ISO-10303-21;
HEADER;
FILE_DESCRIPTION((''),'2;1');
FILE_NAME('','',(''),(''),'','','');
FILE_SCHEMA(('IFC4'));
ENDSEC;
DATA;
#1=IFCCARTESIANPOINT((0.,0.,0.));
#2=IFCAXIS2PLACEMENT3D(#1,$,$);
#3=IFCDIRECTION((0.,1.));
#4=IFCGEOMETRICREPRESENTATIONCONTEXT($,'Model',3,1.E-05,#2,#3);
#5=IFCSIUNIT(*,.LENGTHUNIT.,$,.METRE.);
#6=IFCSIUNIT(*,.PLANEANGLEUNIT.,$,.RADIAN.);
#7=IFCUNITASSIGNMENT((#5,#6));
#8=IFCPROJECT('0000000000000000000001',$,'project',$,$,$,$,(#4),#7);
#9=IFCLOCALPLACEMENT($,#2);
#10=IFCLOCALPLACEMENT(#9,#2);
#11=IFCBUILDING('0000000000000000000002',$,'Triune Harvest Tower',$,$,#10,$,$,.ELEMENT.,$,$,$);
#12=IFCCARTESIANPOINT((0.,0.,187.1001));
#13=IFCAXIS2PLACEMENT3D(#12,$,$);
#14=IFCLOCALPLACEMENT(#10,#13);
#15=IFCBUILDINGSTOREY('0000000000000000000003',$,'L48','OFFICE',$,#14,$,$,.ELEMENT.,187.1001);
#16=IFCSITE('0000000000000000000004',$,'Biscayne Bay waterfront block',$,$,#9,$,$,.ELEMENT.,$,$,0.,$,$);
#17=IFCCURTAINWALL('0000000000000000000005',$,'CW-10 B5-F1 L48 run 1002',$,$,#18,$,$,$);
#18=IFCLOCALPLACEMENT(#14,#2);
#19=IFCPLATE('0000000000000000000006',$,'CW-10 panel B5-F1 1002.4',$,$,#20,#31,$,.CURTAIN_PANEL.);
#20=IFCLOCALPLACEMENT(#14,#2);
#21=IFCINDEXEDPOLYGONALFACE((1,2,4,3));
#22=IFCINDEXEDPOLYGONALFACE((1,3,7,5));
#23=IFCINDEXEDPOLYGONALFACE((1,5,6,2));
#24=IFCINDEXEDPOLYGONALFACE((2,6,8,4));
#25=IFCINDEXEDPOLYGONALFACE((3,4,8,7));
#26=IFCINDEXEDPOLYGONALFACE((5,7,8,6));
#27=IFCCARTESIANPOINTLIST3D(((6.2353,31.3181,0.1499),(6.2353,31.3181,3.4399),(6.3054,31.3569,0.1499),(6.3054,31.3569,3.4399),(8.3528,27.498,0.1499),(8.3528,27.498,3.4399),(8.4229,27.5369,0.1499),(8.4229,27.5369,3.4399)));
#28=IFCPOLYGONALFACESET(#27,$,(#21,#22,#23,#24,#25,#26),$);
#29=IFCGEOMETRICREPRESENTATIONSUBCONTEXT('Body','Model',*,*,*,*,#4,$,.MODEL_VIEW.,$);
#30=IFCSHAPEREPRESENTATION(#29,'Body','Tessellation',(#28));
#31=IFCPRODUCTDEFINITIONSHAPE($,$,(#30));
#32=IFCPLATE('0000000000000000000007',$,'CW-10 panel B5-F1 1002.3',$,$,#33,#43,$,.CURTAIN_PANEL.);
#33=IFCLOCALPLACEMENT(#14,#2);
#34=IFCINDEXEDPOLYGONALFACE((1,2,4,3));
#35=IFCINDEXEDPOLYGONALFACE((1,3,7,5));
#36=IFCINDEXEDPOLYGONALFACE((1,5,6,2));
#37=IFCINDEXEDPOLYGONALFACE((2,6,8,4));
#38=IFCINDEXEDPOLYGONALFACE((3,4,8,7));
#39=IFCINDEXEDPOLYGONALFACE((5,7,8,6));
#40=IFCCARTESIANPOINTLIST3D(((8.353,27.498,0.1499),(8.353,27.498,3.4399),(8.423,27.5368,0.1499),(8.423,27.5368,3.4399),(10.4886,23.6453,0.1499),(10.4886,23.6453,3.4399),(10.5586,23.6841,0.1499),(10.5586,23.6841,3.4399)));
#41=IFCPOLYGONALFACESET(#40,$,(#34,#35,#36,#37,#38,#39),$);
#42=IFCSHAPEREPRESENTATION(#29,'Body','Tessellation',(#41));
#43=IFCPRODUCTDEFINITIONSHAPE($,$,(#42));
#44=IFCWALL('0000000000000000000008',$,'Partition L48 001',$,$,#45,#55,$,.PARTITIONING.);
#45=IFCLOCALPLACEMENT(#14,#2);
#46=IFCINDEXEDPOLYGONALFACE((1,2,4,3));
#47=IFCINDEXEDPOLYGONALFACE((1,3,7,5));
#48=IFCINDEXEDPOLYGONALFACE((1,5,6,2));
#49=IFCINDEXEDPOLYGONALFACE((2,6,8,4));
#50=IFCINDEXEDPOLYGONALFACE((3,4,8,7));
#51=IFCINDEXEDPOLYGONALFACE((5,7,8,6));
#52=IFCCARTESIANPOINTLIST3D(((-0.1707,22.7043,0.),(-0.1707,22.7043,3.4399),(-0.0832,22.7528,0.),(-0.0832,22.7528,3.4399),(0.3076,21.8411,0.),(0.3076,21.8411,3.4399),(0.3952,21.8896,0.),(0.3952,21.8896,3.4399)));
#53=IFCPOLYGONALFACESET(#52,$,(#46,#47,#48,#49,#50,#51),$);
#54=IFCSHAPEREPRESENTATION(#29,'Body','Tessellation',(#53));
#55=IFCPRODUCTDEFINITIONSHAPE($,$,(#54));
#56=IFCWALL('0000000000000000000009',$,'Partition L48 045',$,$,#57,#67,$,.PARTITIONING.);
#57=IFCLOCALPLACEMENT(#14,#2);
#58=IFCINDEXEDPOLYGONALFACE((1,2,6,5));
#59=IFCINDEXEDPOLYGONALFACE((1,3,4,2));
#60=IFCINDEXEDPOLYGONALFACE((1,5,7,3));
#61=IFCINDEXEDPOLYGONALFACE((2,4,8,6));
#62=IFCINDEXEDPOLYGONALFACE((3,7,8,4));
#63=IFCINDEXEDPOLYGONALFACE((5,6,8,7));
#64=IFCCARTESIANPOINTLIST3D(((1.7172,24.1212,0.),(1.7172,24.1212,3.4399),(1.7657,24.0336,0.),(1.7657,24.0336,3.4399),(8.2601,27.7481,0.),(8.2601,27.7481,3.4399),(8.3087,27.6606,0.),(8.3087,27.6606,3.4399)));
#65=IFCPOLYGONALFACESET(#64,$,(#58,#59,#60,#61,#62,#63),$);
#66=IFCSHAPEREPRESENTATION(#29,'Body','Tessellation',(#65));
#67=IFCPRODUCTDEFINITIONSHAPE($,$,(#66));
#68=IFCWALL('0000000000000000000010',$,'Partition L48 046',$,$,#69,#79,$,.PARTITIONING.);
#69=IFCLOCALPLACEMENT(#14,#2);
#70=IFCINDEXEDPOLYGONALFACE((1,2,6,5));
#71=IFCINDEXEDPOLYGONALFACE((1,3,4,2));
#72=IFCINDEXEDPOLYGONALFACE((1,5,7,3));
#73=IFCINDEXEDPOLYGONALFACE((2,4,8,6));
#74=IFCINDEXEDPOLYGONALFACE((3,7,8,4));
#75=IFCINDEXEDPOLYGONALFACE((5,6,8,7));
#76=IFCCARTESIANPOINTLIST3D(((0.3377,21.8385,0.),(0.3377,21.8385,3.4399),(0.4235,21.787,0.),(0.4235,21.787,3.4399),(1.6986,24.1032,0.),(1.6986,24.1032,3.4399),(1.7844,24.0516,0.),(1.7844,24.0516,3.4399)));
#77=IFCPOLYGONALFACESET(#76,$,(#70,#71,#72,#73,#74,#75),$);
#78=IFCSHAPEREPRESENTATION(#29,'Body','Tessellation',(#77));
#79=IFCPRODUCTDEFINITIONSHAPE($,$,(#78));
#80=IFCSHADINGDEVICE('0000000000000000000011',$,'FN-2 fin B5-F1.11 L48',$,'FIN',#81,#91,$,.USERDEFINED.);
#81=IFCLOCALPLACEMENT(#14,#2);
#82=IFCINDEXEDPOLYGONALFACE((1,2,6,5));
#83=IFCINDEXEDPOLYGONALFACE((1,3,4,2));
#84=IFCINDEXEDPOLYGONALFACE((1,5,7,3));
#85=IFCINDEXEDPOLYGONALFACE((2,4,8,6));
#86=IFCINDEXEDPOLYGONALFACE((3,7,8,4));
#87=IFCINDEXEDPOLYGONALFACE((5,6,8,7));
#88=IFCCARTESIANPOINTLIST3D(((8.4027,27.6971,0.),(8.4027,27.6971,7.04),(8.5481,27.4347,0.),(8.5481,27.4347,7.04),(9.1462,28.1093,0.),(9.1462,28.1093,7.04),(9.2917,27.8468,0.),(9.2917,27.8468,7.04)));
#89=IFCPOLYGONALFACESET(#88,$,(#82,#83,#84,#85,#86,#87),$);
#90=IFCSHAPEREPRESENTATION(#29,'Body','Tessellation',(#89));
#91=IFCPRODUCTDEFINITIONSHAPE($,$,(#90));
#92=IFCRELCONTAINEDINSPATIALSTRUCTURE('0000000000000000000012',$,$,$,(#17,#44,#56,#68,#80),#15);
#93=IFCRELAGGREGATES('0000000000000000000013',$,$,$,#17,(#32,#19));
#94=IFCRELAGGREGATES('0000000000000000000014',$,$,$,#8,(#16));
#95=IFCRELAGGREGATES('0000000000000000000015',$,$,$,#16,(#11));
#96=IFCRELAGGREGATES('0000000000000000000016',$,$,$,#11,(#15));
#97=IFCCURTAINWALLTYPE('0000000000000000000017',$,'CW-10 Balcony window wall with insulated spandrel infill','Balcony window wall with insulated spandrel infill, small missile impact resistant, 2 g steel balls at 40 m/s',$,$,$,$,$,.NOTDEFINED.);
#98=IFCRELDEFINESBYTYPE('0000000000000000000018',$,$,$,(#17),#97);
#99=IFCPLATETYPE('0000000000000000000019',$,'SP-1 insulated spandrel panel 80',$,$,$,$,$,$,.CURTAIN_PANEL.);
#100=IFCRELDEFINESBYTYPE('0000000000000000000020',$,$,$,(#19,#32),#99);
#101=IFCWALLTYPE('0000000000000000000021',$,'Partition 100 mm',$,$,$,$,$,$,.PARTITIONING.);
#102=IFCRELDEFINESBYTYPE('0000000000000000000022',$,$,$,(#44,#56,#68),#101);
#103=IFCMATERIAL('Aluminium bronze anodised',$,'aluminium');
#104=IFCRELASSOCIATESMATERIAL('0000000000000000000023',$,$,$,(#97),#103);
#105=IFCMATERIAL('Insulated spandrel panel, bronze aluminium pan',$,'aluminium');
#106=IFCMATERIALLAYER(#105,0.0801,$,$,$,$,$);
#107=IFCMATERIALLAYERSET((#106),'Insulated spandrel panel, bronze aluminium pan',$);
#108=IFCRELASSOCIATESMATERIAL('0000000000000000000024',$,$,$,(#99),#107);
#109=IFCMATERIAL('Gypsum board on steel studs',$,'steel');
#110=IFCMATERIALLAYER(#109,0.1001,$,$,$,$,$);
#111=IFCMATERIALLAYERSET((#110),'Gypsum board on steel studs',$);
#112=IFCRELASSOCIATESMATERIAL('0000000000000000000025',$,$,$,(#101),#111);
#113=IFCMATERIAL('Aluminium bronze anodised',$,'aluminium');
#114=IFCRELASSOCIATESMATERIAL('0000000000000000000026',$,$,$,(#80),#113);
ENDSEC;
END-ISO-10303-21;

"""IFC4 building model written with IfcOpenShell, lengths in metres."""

from ifc_helpers import new_model, si_unit, direction, frame, frame_2d, origin, origin_2d, place, context, subcontext, project, spatial, rectangle, extrude, source, transform, mapped, material, layer, layer_set, type_object, element, aggregate, save


model = new_model("IFC4")

# Units and contexts
model_context = context("Model", 3, precision=1e-05, world=origin(), true_north=direction((0.0, 1.0)))
body_context = subcontext(model_context, "Body", "Model", "MODEL_VIEW")
ifc_project = project(units=[si_unit("LENGTHUNIT", "METRE"), si_unit("PLANEANGLEUNIT", "RADIAN")], contexts=[model_context])

# Site, building, storey
site_placement = place(None, origin())
site = spatial("IfcSite", under=ifc_project, at=site_placement, Name="Biscayne Bay waterfront block", CompositionType="ELEMENT", RefElevation=0.0)
building_placement = place(site_placement, origin())
building = spatial("IfcBuilding", under=site, at=building_placement, Name="Triune Harvest Tower", CompositionType="ELEMENT")
storey_placement = place(building_placement, frame((0.0, 0.0, 187.1001)))
storey = spatial("IfcBuildingStorey", under=building, at=storey_placement, Name="L48", Description="OFFICE", CompositionType="ELEMENT", Elevation=187.1001)

# Curtain wall
ifc_material_1 = material(Name="Aluminium bronze anodised", Category="aluminium")
curtain_wall_type_1 = type_object("IfcCurtainWallType", Name="CW-10 Balcony window wall with insulated spandrel infill", Description="Balcony window wall with insulated spandrel infill, small missile impact resistant, 2 g steel balls at 40 m/s", PredefinedType="NOTDEFINED", material=ifc_material_1)
curtain_wall_1_placement = place(storey_placement, origin())
curtain_wall_1 = element("IfcCurtainWall", 1, at=curtain_wall_1_placement, inside=storey, type_object=curtain_wall_type_1, Name="CW-10 B5-F1 L48 run 1002")

# Plates
ifc_material_2 = material(Name="Insulated spandrel panel, bronze aluminium pan", Category="aluminium")
ifc_layer_1 = layer(ifc_material_2, 0.0801)
ifc_layer_set_1 = layer_set([ifc_layer_1], Name="Insulated spandrel panel, bronze aluminium pan")
plate_type_1 = type_object("IfcPlateType", Name="SP-1 insulated spandrel panel 80", PredefinedType="CURTAIN_PANEL", material=ifc_layer_set_1)
shared_shape_1 = source(origin(), body_context, "Body", "SweptSolid", [
    extrude(rectangle(XDim=4.3677, YDim=0.0801, at=origin_2d()), origin(), (0.0, 0.0, 1.0), 3.29),
])
plate_1_placement = place(storey_placement, frame((7.3291, 29.4275, 0.1499), z_axis=(0.0, 0.0, 1.0), x_axis=(-0.484807, 0.874621, 0.0)))
plate_1 = element("IfcPlate", 2, at=plate_1_placement, type_object=plate_type_1, Name="CW-10 panel B5-F1 1002.4", PredefinedType="CURTAIN_PANEL", context=body_context, shape_type="MappedRepresentation", body=[
    mapped(shared_shape_1, transform((0.0, 0.0, 0.0), scale=1.0)),
])
shared_shape_2 = source(origin(), body_context, "Body", "SweptSolid", [
    extrude(rectangle(XDim=4.405, YDim=0.0801, at=origin_2d()), origin(), (0.0, 0.0, 1.0), 3.29),
])
plate_2_placement = place(storey_placement, frame((9.4558, 25.5911, 0.1499), z_axis=(0.0, 0.0, 1.0), x_axis=(-0.484807, 0.874621, 0.0)))
plate_2 = element("IfcPlate", 3, at=plate_2_placement, type_object=plate_type_1, Name="CW-10 panel B5-F1 1002.3", PredefinedType="CURTAIN_PANEL", context=body_context, shape_type="MappedRepresentation", body=[
    mapped(shared_shape_2, transform((0.0, 0.0, 0.0), scale=1.0)),
])
aggregate(curtain_wall_1, [plate_2, plate_1])

# Walls
ifc_material_3 = material(Name="Gypsum board on steel studs", Category="steel")
ifc_layer_2 = layer(ifc_material_3, 0.1001)
ifc_layer_set_2 = layer_set([ifc_layer_2], Name="Gypsum board on steel studs")
wall_type = type_object("IfcWallType", Name="Partition 100 mm", PredefinedType="PARTITIONING", material=ifc_layer_set_2)
wall_1_placement = place(storey_placement, frame((-0.127, 22.7285, 0.0), z_axis=(0.0, 0.0, 1.0), x_axis=(0.484718, -0.87467, 0.0)))
element("IfcWall", 4, at=wall_1_placement, inside=storey, type_object=wall_type, Name="Partition L48 001", PredefinedType="PARTITIONING", context=body_context, shape_type="SweptSolid", body=[
    extrude(rectangle(XDim=0.9868, YDim=0.1001, at=frame_2d((0.4934, 0.0))), origin(), (0.0, 0.0, 1.0), 3.4399),
])
wall_2_placement = place(storey_placement, frame((1.7415, 24.0774, 0.0), z_axis=(0.0, 0.0, 1.0), x_axis=(0.874613, 0.484823, 0.0)))
element("IfcWall", 5, at=wall_2_placement, inside=storey, type_object=wall_type, Name="Partition L48 045", PredefinedType="PARTITIONING", context=body_context, shape_type="SweptSolid", body=[
    extrude(rectangle(XDim=7.481, YDim=0.1001, at=frame_2d((3.7405, 0.0))), origin(), (0.0, 0.0, 1.0), 3.4399),
])
wall_3_placement = place(storey_placement, frame((0.3806, 21.8127, 0.0), z_axis=(0.0, 0.0, 1.0), x_axis=(0.515066, 0.85715, 0.0)))
element("IfcWall", 6, at=wall_3_placement, inside=storey, type_object=wall_type, Name="Partition L48 046", PredefinedType="PARTITIONING", context=body_context, shape_type="SweptSolid", body=[
    extrude(rectangle(XDim=2.6421, YDim=0.1001, at=frame_2d((1.321, 0.0))), origin(), (0.0, 0.0, 1.0), 3.4399),
])

# Shading device
ifc_material_4 = material(Name="Aluminium bronze anodised", Category="aluminium")
shared_shape_3 = source(origin(), body_context, "Body", "SweptSolid", [
    extrude(rectangle(XDim=0.3, YDim=0.8501, at=origin_2d()), origin(), (0.0, 0.0, 1.0), 7.04),
])
shading_device_placement = place(storey_placement, frame((8.8472, 27.772, 0.0), z_axis=(0.0, 0.0, 1.0), x_axis=(-0.484808, 0.87462, 0.0)))
element("IfcShadingDevice", 7, at=shading_device_placement, inside=storey, material=ifc_material_4, Name="FN-2 fin B5-F1.11 L48", ObjectType="FIN", PredefinedType="USERDEFINED", context=body_context, shape_type="MappedRepresentation", body=[
    mapped(shared_shape_3, transform((0.0, 0.0, 0.0), scale=1.0)),
])

save(model, "model.ifc")
